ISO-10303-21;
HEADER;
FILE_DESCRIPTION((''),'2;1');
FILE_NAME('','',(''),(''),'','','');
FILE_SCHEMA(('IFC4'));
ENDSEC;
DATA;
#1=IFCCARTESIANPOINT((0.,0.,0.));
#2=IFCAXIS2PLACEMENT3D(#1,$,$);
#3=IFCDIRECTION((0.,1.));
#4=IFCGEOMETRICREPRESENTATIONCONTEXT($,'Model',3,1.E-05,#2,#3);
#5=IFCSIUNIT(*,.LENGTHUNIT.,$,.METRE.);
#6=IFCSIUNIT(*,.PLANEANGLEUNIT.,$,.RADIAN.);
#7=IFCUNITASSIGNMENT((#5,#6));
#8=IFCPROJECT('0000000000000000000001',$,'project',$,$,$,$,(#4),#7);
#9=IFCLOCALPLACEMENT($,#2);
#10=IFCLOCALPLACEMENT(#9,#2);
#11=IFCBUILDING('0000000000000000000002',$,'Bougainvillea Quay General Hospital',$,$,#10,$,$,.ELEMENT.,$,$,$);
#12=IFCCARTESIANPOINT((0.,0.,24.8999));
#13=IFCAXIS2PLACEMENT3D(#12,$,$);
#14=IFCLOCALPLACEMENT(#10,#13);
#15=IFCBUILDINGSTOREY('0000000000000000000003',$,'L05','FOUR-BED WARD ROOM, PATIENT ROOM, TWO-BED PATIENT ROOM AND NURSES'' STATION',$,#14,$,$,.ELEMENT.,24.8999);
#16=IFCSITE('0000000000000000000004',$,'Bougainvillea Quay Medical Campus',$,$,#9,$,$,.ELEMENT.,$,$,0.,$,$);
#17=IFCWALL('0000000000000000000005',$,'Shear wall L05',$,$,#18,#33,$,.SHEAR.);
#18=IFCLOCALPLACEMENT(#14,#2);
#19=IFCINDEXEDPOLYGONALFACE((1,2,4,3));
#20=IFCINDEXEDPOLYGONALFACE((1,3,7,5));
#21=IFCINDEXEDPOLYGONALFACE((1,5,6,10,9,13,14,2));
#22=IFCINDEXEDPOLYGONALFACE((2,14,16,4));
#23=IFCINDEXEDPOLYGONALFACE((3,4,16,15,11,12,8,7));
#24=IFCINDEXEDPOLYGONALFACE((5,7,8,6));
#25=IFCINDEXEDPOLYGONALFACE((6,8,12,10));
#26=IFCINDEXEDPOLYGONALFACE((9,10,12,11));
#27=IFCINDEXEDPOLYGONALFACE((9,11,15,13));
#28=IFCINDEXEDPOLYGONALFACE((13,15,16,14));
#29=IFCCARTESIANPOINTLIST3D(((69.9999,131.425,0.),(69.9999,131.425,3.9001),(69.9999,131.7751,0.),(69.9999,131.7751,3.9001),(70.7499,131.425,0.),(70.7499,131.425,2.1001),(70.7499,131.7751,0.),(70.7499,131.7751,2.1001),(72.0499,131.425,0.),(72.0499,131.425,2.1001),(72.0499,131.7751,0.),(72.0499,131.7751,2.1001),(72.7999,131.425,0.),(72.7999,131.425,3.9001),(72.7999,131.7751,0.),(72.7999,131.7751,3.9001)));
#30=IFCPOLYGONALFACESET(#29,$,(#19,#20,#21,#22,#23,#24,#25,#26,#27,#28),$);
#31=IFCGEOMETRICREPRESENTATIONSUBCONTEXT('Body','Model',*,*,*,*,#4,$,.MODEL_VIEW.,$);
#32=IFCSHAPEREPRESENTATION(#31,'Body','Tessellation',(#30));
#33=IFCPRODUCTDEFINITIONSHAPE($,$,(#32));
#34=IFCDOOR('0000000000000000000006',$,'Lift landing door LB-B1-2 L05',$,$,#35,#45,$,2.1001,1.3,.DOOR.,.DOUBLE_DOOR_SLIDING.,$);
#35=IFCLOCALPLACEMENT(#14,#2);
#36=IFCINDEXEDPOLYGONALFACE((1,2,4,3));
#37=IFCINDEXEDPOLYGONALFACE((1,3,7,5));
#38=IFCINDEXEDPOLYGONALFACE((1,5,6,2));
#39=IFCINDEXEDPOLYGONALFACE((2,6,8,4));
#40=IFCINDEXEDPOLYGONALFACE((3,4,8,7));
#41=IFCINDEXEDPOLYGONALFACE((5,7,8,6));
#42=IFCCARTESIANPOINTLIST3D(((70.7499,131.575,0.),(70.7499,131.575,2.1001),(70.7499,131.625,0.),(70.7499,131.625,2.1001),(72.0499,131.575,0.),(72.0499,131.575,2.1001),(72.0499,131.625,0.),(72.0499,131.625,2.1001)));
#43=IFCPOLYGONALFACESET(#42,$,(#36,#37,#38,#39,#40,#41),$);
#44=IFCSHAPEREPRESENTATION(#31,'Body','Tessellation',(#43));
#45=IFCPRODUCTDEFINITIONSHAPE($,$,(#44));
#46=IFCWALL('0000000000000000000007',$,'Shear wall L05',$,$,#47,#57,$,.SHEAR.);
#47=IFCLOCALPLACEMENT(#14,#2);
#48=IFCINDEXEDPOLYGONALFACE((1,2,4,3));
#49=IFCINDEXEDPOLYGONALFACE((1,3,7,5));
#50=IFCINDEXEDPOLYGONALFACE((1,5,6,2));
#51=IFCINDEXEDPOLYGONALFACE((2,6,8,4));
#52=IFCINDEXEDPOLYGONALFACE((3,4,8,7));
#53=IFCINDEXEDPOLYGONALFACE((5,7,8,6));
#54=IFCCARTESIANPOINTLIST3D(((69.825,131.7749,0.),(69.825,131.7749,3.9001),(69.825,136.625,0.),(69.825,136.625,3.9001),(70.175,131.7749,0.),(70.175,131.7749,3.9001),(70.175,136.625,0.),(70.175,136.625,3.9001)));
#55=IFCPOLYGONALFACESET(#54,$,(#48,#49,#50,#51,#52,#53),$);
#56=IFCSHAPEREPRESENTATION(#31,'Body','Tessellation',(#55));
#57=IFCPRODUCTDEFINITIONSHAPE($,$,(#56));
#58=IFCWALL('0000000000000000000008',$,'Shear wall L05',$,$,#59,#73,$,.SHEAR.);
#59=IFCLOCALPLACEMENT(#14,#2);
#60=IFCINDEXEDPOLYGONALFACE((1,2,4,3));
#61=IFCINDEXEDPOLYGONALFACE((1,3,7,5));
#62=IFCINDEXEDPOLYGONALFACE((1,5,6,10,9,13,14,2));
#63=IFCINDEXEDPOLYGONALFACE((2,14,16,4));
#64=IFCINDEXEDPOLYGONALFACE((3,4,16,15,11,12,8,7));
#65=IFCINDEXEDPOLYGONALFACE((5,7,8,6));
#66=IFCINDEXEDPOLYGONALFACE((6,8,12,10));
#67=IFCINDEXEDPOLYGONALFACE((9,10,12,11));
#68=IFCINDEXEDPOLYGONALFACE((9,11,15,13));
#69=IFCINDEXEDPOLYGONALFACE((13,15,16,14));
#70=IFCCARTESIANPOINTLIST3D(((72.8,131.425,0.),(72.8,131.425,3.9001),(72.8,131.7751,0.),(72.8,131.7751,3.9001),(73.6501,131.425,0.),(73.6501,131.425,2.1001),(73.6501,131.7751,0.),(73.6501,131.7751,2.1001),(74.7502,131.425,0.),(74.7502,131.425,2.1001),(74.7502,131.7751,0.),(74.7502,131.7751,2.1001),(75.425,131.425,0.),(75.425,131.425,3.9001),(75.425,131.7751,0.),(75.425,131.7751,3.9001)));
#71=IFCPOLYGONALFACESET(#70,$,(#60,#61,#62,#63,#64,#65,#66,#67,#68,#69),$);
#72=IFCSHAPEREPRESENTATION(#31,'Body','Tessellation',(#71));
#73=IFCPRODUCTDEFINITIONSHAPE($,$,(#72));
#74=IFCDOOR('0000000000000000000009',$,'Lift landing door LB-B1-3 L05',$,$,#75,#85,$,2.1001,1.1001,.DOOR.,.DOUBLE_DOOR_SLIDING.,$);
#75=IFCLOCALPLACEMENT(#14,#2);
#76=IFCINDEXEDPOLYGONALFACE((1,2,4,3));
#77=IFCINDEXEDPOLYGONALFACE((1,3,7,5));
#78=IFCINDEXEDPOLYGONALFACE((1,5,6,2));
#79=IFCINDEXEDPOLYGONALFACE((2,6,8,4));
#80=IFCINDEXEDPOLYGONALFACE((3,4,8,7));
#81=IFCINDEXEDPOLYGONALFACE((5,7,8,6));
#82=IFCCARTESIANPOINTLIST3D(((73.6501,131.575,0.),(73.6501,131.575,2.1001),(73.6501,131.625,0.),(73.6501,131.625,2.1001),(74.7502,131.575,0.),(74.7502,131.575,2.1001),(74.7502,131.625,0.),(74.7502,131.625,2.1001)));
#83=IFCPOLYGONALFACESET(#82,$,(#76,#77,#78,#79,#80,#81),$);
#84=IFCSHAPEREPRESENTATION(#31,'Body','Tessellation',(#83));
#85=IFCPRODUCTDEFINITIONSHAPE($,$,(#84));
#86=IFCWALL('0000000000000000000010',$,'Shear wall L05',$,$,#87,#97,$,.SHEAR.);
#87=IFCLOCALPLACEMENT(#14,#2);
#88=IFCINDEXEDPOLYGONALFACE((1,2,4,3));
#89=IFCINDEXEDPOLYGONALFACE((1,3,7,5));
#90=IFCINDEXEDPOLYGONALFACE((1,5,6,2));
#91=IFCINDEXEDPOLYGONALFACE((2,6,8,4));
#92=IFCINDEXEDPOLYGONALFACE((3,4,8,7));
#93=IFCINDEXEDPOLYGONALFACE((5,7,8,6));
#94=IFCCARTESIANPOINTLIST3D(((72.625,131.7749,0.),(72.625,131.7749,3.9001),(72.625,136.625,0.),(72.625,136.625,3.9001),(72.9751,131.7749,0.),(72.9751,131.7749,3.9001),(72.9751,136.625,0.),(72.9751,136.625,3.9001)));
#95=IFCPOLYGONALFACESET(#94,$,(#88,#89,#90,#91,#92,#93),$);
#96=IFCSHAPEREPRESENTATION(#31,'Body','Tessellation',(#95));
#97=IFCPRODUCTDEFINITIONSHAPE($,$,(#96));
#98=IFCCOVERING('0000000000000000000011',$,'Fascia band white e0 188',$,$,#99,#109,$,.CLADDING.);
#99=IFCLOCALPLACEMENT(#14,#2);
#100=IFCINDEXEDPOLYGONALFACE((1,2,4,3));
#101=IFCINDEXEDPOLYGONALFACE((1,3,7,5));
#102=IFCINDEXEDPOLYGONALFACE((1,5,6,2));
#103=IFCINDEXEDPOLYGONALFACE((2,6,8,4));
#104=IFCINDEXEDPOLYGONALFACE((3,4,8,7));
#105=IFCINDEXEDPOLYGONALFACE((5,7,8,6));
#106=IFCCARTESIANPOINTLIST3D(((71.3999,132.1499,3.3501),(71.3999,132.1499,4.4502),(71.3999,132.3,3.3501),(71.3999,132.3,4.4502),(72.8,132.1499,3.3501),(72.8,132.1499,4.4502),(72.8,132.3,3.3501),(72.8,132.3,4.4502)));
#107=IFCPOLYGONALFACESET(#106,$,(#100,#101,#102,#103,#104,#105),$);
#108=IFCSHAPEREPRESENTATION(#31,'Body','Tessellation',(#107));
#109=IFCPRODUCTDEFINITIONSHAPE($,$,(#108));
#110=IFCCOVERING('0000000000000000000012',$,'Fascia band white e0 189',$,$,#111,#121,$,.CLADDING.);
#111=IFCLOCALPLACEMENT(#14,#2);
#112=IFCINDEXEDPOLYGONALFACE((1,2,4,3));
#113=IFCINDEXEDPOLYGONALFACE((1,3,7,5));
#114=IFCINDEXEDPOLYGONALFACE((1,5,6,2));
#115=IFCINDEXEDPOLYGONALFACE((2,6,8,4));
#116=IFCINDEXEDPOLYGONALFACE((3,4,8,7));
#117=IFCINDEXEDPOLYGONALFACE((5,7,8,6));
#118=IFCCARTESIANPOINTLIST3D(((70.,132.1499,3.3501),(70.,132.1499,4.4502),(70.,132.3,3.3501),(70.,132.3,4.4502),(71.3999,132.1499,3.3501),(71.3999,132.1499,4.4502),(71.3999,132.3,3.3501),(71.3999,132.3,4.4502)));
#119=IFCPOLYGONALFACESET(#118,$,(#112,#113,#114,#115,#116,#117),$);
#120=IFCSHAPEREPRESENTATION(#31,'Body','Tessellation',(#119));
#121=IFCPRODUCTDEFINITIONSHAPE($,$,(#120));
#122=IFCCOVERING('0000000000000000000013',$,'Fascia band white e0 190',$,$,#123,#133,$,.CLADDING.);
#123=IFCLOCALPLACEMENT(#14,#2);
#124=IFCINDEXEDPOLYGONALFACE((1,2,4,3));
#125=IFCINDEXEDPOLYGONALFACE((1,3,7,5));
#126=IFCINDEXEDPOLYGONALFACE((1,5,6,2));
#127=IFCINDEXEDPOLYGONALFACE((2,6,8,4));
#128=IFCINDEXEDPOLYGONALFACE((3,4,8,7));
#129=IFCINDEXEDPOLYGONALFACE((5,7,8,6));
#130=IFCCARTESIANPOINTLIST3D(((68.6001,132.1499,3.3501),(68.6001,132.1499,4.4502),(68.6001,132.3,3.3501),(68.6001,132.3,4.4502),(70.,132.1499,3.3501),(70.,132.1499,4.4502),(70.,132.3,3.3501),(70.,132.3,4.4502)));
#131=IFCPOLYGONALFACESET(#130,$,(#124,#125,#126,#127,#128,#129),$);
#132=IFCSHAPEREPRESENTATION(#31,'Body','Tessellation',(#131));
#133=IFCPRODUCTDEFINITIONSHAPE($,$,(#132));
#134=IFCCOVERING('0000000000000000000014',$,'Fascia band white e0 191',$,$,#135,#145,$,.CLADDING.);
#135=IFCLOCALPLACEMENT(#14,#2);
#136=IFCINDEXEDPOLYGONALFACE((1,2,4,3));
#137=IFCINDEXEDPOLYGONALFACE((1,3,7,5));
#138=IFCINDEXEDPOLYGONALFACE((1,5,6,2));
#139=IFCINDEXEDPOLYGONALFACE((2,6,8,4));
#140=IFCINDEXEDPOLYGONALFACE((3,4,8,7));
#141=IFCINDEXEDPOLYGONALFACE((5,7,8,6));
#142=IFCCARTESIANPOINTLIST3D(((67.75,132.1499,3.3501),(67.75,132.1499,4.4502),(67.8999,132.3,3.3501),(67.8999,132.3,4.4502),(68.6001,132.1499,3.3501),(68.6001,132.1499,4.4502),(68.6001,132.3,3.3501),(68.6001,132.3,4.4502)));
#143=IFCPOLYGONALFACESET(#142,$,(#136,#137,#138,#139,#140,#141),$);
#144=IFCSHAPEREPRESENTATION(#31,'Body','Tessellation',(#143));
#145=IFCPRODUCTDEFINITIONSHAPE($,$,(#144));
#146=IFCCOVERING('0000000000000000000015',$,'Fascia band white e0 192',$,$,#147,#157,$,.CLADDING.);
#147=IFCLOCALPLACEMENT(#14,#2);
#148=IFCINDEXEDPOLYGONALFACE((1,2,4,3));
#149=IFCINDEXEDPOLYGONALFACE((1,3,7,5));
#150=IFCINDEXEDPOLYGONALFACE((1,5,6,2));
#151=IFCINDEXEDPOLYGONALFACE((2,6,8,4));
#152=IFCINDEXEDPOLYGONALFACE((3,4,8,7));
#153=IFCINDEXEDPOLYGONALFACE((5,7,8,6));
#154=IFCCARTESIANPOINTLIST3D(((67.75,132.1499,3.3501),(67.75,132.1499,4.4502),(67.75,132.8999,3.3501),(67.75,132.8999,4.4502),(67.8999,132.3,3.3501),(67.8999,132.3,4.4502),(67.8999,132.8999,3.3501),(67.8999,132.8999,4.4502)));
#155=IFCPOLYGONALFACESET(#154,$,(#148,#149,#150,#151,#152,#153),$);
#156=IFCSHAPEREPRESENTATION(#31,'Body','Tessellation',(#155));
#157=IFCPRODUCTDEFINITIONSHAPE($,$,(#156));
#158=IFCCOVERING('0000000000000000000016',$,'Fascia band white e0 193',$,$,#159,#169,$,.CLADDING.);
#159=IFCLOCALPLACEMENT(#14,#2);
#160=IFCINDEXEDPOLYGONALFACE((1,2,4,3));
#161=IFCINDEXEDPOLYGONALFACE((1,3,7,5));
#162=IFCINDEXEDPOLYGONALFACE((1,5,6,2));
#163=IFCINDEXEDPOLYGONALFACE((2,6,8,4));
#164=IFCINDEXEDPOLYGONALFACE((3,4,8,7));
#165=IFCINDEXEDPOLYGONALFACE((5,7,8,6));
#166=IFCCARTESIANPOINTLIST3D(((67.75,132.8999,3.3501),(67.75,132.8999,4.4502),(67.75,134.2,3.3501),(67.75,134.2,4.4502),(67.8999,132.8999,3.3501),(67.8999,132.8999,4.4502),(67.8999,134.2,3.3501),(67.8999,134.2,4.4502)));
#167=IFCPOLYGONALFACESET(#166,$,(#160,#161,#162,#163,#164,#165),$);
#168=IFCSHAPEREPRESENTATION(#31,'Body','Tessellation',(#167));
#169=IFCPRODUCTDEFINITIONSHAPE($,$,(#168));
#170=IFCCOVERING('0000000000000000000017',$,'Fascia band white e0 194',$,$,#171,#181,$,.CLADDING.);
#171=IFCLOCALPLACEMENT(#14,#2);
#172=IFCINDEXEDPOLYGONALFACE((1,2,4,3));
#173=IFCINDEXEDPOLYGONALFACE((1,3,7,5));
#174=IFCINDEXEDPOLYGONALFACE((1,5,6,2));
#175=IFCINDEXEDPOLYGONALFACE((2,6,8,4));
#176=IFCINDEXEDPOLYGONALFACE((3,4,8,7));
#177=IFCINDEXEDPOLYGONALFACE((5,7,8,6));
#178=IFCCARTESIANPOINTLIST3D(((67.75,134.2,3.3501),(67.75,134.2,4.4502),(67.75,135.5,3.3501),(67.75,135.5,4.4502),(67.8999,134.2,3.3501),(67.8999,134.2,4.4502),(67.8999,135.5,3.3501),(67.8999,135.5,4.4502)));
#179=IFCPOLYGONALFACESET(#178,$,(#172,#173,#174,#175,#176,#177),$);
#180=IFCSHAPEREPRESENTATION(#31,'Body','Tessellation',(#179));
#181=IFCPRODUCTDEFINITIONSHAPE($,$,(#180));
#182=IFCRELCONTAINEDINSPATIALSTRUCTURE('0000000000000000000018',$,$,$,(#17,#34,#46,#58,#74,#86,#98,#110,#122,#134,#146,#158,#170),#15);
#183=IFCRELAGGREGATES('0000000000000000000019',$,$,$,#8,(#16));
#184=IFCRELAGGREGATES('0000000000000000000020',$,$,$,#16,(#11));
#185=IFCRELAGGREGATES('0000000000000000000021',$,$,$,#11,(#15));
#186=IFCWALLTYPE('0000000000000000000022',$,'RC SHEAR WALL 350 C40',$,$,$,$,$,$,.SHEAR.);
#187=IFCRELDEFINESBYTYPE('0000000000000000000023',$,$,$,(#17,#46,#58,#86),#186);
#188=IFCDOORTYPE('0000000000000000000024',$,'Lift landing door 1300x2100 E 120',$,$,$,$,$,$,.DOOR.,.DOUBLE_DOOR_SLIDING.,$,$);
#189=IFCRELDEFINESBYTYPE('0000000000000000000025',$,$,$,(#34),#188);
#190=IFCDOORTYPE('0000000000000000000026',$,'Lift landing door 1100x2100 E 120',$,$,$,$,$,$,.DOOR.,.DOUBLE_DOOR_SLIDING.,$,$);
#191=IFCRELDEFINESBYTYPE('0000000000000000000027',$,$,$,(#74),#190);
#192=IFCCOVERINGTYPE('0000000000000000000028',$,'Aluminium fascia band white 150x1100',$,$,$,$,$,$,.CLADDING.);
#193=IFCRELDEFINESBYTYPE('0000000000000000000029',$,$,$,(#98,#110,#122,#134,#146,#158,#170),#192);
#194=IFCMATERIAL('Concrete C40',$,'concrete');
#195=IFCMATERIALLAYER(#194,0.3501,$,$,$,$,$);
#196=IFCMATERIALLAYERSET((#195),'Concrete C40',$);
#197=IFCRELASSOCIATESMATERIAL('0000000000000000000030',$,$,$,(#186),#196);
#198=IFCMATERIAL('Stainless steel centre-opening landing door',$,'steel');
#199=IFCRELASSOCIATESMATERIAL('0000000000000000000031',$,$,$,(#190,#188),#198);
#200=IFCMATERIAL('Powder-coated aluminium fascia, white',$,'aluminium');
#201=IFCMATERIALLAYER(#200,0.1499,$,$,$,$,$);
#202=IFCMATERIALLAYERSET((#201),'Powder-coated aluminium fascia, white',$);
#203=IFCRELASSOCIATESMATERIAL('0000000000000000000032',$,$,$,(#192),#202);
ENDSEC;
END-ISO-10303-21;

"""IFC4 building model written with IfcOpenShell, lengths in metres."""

from ifc_helpers import new_model, si_unit, direction, frame, frame_2d, origin, place, context, subcontext, project, spatial, polyline, rectangle, outline, extrude, material, layer, layer_set, type_object, element, fill, save


model = new_model("IFC4")

# Units and contexts
model_context = context("Model", 3, precision=1e-05, world=origin(), true_north=direction((0.0, 1.0)))
body_context = subcontext(model_context, "Body", "Model", "MODEL_VIEW")
ifc_project = project(units=[si_unit("LENGTHUNIT", "METRE"), si_unit("PLANEANGLEUNIT", "RADIAN")], contexts=[model_context])

# Site, building, storey
site_placement = place(None, origin())
site = spatial("IfcSite", under=ifc_project, at=site_placement, Name="Bougainvillea Quay Medical Campus", CompositionType="ELEMENT", RefElevation=0.0)
building_placement = place(site_placement, origin())
building = spatial("IfcBuilding", under=site, at=building_placement, Name="Bougainvillea Quay General Hospital", CompositionType="ELEMENT")
storey_placement = place(building_placement, frame((0.0, 0.0, 24.8999)))
storey = spatial("IfcBuildingStorey", under=building, at=storey_placement, Name="L05", Description="FOUR-BED WARD ROOM, PATIENT ROOM, TWO-BED PATIENT ROOM AND NURSES' STATION", CompositionType="ELEMENT", Elevation=24.8999)

# Shared definitions
ifc_material_1 = material(Name="Concrete C40", Category="concrete")

# Shared definitions
ifc_layer_1 = layer(ifc_material_1, 0.3501)
ifc_layer_set_1 = layer_set([ifc_layer_1], Name="Concrete C40")
wall_type_1 = type_object("IfcWallType", Name="RC SHEAR WALL 350 C40", PredefinedType="SHEAR", material=ifc_layer_set_1)

# Wall, opening, door
ifc_material_2 = material(Name="Stainless steel centre-opening landing door", Category="steel")
door_type_1 = type_object("IfcDoorType", Name="Lift landing door 1100x2100 E 120", OperationType="DOUBLE_DOOR_SLIDING", PredefinedType="DOOR", material=ifc_material_2)
wall_1_placement = place(storey_placement, frame((70.0, 131.6001, 0.0), z_axis=(0.0, 0.0, 1.0), x_axis=(1.0, 0.0, 0.0)))
wall_1 = element("IfcWall", 1, at=wall_1_placement, inside=storey, type_object=wall_type_1, Name="Shear wall L05", PredefinedType="SHEAR", context=body_context, shape_type="SweptSolid", body=[
    extrude(rectangle(XDim=2.8, YDim=0.3501, at=frame_2d((1.3999, 0.0))), origin(), (0.0, 0.0, 1.0), 3.9001),
])
opening_1_placement = place(wall_1_placement, frame((0.75, 0.0, 0.0)))
opening_1 = element("IfcOpeningElement", 2, at=opening_1_placement, cuts=wall_1, PredefinedType="OPENING", context=body_context, shape_type="SweptSolid", body=[
    extrude(rectangle(XDim=1.3, YDim=2.1001, at=frame_2d((0.6499, 1.05))), frame((0.0, 0.1851, 0.0), z_axis=(0.0, -1.0, 0.0), x_axis=(1.0, 0.0, 0.0)), (0.0, 0.0, 1.0), 0.3701),
])
door_type_2 = type_object("IfcDoorType", Name="Lift landing door 1300x2100 E 120", OperationType="DOUBLE_DOOR_SLIDING", PredefinedType="DOOR", material=ifc_material_2)
door_1_placement = place(opening_1_placement, origin())
door_1 = element("IfcDoor", 3, at=door_1_placement, inside=storey, type_object=door_type_2, Name="Lift landing door LB-B1-2 L05", OperationType="DOUBLE_DOOR_SLIDING", OverallHeight=2.1001, OverallWidth=1.3, PredefinedType="DOOR", context=body_context, shape_type="SweptSolid", body=[
    extrude(rectangle(XDim=1.3, YDim=2.1001, at=frame_2d((0.6499, 1.05))), frame((0.0, 0.0249, 0.0), z_axis=(0.0, -1.0, 0.0), x_axis=(1.0, 0.0, 0.0)), (0.0, 0.0, 1.0), 0.05),
])
fill(opening_1, door_1)

# Wall
wall_2_placement = place(storey_placement, frame((70.0, 131.7749, 0.0), z_axis=(0.0, 0.0, 1.0), x_axis=(0.0, 1.0, 0.0)))
element("IfcWall", 4, at=wall_2_placement, inside=storey, type_object=wall_type_1, Name="Shear wall L05", PredefinedType="SHEAR", context=body_context, shape_type="SweptSolid", body=[
    extrude(rectangle(XDim=4.8501, YDim=0.3501, at=frame_2d((2.425, 0.0))), origin(), (0.0, 0.0, 1.0), 3.9001),
])

# Wall, opening, door
wall_3_placement = place(storey_placement, frame((72.8, 131.6001, 0.0), z_axis=(0.0, 0.0, 1.0), x_axis=(1.0, 0.0, 0.0)))
wall_3 = element("IfcWall", 5, at=wall_3_placement, inside=storey, type_object=wall_type_1, Name="Shear wall L05", PredefinedType="SHEAR", context=body_context, shape_type="SweptSolid", body=[
    extrude(rectangle(XDim=2.625, YDim=0.3501, at=frame_2d((1.3125, 0.0))), origin(), (0.0, 0.0, 1.0), 3.9001),
])
opening_2_placement = place(wall_3_placement, frame((0.8501, 0.0, 0.0)))
opening_2 = element("IfcOpeningElement", 6, at=opening_2_placement, cuts=wall_3, PredefinedType="OPENING", context=body_context, shape_type="SweptSolid", body=[
    extrude(rectangle(XDim=1.1001, YDim=2.1001, at=frame_2d((0.55, 1.05))), frame((0.0, 0.1851, 0.0), z_axis=(0.0, -1.0, 0.0), x_axis=(1.0, 0.0, 0.0)), (0.0, 0.0, 1.0), 0.3701),
])
door_2_placement = place(opening_2_placement, origin())
door_2 = element("IfcDoor", 7, at=door_2_placement, inside=storey, type_object=door_type_1, Name="Lift landing door LB-B1-3 L05", OperationType="DOUBLE_DOOR_SLIDING", OverallHeight=2.1001, OverallWidth=1.1001, PredefinedType="DOOR", context=body_context, shape_type="SweptSolid", body=[
    extrude(rectangle(XDim=1.1001, YDim=2.1001, at=frame_2d((0.55, 1.05))), frame((0.0, 0.0249, 0.0), z_axis=(0.0, -1.0, 0.0), x_axis=(1.0, 0.0, 0.0)), (0.0, 0.0, 1.0), 0.05),
])
fill(opening_2, door_2)

# Wall
wall_4_placement = place(storey_placement, frame((72.8, 131.7749, 0.0), z_axis=(0.0, 0.0, 1.0), x_axis=(0.0, 1.0, 0.0)))
element("IfcWall", 8, at=wall_4_placement, inside=storey, type_object=wall_type_1, Name="Shear wall L05", PredefinedType="SHEAR", context=body_context, shape_type="SweptSolid", body=[
    extrude(rectangle(XDim=4.8501, YDim=0.3501, at=frame_2d((2.425, 0.0))), origin(), (0.0, 0.0, 1.0), 3.9001),
])

# Coverings
ifc_material_3 = material(Name="Powder-coated aluminium fascia, white", Category="aluminium")
ifc_layer_2 = layer(ifc_material_3, 0.1499)
ifc_layer_set_2 = layer_set([ifc_layer_2], Name="Powder-coated aluminium fascia, white")
covering_type = type_object("IfcCoveringType", Name="Aluminium fascia band white 150x1100", PredefinedType="CLADDING", material=ifc_layer_set_2)
covering_1_placement = place(storey_placement, frame((72.8, 132.1499, 3.3501), z_axis=(0.0, 0.0, 1.0), x_axis=(-1.0, 0.0, 0.0)))
element("IfcCovering", 9, at=covering_1_placement, inside=storey, type_object=covering_type, Name="Fascia band white e0 188", PredefinedType="CLADDING", context=body_context, shape_type="SweptSolid", body=[
    extrude(outline(polyline([(0.0, 0.0), (1.4001, 0.0), (1.4001, -0.1501), (0.0, -0.1501), (0.0, 0.0)])), origin(), (0.0, 0.0, 1.0), 1.1001),
])
for number, where, z_axis, x_axis, name in (
    (10, (71.3999, 132.1499, 3.3501), (0.0, 0.0, 1.0), (-1.0, 0.0, 0.0), "Fascia band white e0 189"),
    (11, (70.0, 132.1499, 3.3501), (0.0, 0.0, 1.0), (-1.0, 0.0, 0.0), "Fascia band white e0 190"),
):
    element("IfcCovering", number, at=place(storey_placement, frame(where, z_axis=z_axis, x_axis=x_axis)), inside=storey, type_object=covering_type, Name=name, PredefinedType="CLADDING", context=body_context, shape_type="SweptSolid", body=[
        extrude(outline(polyline([(0.0, 0.0), (1.3999, 0.0), (1.3999, -0.1501), (0.0, -0.1501), (0.0, 0.0)])), origin(), (0.0, 0.0, 1.0), 1.1001),
    ])
covering_2_placement = place(storey_placement, frame((68.6001, 132.1499, 3.3501), z_axis=(0.0, 0.0, 1.0), x_axis=(-1.0, 0.0, 0.0)))
element("IfcCovering", 12, at=covering_2_placement, inside=storey, type_object=covering_type, Name="Fascia band white e0 191", PredefinedType="CLADDING", context=body_context, shape_type="SweptSolid", body=[
    extrude(outline(polyline([(0.0, 0.0), (0.8501, 0.0), (0.7002, -0.1501), (0.0, -0.1501), (0.0, 0.0)])), origin(), (0.0, 0.0, 1.0), 1.1001),
])
covering_3_placement = place(storey_placement, frame((67.75, 132.1499, 3.3501), z_axis=(0.0, 0.0, 1.0), x_axis=(0.0, 1.0, 0.0)))
element("IfcCovering", 13, at=covering_3_placement, inside=storey, type_object=covering_type, Name="Fascia band white e0 192", PredefinedType="CLADDING", context=body_context, shape_type="SweptSolid", body=[
    extrude(outline(polyline([(0.0, 0.0), (0.75, 0.0), (0.75, -0.1499), (0.1501, -0.1499), (0.0, 0.0)])), origin(), (0.0, 0.0, 1.0), 1.1001),
])
for number, where, z_axis, x_axis, name in (
    (14, (67.75, 132.8999, 3.3501), (0.0, 0.0, 1.0), (0.0, 1.0, 0.0), "Fascia band white e0 193"),
    (15, (67.75, 134.2, 3.3501), (0.0, 0.0, 1.0), (0.0, 1.0, 0.0), "Fascia band white e0 194"),
):
    element("IfcCovering", number, at=place(storey_placement, frame(where, z_axis=z_axis, x_axis=x_axis)), inside=storey, type_object=covering_type, Name=name, PredefinedType="CLADDING", context=body_context, shape_type="SweptSolid", body=[
        extrude(outline(polyline([(0.0, 0.0), (1.3, 0.0), (1.3, -0.1499), (0.0, -0.1499), (0.0, 0.0)])), origin(), (0.0, 0.0, 1.0), 1.1001),
    ])

save(model, "model.ifc")
